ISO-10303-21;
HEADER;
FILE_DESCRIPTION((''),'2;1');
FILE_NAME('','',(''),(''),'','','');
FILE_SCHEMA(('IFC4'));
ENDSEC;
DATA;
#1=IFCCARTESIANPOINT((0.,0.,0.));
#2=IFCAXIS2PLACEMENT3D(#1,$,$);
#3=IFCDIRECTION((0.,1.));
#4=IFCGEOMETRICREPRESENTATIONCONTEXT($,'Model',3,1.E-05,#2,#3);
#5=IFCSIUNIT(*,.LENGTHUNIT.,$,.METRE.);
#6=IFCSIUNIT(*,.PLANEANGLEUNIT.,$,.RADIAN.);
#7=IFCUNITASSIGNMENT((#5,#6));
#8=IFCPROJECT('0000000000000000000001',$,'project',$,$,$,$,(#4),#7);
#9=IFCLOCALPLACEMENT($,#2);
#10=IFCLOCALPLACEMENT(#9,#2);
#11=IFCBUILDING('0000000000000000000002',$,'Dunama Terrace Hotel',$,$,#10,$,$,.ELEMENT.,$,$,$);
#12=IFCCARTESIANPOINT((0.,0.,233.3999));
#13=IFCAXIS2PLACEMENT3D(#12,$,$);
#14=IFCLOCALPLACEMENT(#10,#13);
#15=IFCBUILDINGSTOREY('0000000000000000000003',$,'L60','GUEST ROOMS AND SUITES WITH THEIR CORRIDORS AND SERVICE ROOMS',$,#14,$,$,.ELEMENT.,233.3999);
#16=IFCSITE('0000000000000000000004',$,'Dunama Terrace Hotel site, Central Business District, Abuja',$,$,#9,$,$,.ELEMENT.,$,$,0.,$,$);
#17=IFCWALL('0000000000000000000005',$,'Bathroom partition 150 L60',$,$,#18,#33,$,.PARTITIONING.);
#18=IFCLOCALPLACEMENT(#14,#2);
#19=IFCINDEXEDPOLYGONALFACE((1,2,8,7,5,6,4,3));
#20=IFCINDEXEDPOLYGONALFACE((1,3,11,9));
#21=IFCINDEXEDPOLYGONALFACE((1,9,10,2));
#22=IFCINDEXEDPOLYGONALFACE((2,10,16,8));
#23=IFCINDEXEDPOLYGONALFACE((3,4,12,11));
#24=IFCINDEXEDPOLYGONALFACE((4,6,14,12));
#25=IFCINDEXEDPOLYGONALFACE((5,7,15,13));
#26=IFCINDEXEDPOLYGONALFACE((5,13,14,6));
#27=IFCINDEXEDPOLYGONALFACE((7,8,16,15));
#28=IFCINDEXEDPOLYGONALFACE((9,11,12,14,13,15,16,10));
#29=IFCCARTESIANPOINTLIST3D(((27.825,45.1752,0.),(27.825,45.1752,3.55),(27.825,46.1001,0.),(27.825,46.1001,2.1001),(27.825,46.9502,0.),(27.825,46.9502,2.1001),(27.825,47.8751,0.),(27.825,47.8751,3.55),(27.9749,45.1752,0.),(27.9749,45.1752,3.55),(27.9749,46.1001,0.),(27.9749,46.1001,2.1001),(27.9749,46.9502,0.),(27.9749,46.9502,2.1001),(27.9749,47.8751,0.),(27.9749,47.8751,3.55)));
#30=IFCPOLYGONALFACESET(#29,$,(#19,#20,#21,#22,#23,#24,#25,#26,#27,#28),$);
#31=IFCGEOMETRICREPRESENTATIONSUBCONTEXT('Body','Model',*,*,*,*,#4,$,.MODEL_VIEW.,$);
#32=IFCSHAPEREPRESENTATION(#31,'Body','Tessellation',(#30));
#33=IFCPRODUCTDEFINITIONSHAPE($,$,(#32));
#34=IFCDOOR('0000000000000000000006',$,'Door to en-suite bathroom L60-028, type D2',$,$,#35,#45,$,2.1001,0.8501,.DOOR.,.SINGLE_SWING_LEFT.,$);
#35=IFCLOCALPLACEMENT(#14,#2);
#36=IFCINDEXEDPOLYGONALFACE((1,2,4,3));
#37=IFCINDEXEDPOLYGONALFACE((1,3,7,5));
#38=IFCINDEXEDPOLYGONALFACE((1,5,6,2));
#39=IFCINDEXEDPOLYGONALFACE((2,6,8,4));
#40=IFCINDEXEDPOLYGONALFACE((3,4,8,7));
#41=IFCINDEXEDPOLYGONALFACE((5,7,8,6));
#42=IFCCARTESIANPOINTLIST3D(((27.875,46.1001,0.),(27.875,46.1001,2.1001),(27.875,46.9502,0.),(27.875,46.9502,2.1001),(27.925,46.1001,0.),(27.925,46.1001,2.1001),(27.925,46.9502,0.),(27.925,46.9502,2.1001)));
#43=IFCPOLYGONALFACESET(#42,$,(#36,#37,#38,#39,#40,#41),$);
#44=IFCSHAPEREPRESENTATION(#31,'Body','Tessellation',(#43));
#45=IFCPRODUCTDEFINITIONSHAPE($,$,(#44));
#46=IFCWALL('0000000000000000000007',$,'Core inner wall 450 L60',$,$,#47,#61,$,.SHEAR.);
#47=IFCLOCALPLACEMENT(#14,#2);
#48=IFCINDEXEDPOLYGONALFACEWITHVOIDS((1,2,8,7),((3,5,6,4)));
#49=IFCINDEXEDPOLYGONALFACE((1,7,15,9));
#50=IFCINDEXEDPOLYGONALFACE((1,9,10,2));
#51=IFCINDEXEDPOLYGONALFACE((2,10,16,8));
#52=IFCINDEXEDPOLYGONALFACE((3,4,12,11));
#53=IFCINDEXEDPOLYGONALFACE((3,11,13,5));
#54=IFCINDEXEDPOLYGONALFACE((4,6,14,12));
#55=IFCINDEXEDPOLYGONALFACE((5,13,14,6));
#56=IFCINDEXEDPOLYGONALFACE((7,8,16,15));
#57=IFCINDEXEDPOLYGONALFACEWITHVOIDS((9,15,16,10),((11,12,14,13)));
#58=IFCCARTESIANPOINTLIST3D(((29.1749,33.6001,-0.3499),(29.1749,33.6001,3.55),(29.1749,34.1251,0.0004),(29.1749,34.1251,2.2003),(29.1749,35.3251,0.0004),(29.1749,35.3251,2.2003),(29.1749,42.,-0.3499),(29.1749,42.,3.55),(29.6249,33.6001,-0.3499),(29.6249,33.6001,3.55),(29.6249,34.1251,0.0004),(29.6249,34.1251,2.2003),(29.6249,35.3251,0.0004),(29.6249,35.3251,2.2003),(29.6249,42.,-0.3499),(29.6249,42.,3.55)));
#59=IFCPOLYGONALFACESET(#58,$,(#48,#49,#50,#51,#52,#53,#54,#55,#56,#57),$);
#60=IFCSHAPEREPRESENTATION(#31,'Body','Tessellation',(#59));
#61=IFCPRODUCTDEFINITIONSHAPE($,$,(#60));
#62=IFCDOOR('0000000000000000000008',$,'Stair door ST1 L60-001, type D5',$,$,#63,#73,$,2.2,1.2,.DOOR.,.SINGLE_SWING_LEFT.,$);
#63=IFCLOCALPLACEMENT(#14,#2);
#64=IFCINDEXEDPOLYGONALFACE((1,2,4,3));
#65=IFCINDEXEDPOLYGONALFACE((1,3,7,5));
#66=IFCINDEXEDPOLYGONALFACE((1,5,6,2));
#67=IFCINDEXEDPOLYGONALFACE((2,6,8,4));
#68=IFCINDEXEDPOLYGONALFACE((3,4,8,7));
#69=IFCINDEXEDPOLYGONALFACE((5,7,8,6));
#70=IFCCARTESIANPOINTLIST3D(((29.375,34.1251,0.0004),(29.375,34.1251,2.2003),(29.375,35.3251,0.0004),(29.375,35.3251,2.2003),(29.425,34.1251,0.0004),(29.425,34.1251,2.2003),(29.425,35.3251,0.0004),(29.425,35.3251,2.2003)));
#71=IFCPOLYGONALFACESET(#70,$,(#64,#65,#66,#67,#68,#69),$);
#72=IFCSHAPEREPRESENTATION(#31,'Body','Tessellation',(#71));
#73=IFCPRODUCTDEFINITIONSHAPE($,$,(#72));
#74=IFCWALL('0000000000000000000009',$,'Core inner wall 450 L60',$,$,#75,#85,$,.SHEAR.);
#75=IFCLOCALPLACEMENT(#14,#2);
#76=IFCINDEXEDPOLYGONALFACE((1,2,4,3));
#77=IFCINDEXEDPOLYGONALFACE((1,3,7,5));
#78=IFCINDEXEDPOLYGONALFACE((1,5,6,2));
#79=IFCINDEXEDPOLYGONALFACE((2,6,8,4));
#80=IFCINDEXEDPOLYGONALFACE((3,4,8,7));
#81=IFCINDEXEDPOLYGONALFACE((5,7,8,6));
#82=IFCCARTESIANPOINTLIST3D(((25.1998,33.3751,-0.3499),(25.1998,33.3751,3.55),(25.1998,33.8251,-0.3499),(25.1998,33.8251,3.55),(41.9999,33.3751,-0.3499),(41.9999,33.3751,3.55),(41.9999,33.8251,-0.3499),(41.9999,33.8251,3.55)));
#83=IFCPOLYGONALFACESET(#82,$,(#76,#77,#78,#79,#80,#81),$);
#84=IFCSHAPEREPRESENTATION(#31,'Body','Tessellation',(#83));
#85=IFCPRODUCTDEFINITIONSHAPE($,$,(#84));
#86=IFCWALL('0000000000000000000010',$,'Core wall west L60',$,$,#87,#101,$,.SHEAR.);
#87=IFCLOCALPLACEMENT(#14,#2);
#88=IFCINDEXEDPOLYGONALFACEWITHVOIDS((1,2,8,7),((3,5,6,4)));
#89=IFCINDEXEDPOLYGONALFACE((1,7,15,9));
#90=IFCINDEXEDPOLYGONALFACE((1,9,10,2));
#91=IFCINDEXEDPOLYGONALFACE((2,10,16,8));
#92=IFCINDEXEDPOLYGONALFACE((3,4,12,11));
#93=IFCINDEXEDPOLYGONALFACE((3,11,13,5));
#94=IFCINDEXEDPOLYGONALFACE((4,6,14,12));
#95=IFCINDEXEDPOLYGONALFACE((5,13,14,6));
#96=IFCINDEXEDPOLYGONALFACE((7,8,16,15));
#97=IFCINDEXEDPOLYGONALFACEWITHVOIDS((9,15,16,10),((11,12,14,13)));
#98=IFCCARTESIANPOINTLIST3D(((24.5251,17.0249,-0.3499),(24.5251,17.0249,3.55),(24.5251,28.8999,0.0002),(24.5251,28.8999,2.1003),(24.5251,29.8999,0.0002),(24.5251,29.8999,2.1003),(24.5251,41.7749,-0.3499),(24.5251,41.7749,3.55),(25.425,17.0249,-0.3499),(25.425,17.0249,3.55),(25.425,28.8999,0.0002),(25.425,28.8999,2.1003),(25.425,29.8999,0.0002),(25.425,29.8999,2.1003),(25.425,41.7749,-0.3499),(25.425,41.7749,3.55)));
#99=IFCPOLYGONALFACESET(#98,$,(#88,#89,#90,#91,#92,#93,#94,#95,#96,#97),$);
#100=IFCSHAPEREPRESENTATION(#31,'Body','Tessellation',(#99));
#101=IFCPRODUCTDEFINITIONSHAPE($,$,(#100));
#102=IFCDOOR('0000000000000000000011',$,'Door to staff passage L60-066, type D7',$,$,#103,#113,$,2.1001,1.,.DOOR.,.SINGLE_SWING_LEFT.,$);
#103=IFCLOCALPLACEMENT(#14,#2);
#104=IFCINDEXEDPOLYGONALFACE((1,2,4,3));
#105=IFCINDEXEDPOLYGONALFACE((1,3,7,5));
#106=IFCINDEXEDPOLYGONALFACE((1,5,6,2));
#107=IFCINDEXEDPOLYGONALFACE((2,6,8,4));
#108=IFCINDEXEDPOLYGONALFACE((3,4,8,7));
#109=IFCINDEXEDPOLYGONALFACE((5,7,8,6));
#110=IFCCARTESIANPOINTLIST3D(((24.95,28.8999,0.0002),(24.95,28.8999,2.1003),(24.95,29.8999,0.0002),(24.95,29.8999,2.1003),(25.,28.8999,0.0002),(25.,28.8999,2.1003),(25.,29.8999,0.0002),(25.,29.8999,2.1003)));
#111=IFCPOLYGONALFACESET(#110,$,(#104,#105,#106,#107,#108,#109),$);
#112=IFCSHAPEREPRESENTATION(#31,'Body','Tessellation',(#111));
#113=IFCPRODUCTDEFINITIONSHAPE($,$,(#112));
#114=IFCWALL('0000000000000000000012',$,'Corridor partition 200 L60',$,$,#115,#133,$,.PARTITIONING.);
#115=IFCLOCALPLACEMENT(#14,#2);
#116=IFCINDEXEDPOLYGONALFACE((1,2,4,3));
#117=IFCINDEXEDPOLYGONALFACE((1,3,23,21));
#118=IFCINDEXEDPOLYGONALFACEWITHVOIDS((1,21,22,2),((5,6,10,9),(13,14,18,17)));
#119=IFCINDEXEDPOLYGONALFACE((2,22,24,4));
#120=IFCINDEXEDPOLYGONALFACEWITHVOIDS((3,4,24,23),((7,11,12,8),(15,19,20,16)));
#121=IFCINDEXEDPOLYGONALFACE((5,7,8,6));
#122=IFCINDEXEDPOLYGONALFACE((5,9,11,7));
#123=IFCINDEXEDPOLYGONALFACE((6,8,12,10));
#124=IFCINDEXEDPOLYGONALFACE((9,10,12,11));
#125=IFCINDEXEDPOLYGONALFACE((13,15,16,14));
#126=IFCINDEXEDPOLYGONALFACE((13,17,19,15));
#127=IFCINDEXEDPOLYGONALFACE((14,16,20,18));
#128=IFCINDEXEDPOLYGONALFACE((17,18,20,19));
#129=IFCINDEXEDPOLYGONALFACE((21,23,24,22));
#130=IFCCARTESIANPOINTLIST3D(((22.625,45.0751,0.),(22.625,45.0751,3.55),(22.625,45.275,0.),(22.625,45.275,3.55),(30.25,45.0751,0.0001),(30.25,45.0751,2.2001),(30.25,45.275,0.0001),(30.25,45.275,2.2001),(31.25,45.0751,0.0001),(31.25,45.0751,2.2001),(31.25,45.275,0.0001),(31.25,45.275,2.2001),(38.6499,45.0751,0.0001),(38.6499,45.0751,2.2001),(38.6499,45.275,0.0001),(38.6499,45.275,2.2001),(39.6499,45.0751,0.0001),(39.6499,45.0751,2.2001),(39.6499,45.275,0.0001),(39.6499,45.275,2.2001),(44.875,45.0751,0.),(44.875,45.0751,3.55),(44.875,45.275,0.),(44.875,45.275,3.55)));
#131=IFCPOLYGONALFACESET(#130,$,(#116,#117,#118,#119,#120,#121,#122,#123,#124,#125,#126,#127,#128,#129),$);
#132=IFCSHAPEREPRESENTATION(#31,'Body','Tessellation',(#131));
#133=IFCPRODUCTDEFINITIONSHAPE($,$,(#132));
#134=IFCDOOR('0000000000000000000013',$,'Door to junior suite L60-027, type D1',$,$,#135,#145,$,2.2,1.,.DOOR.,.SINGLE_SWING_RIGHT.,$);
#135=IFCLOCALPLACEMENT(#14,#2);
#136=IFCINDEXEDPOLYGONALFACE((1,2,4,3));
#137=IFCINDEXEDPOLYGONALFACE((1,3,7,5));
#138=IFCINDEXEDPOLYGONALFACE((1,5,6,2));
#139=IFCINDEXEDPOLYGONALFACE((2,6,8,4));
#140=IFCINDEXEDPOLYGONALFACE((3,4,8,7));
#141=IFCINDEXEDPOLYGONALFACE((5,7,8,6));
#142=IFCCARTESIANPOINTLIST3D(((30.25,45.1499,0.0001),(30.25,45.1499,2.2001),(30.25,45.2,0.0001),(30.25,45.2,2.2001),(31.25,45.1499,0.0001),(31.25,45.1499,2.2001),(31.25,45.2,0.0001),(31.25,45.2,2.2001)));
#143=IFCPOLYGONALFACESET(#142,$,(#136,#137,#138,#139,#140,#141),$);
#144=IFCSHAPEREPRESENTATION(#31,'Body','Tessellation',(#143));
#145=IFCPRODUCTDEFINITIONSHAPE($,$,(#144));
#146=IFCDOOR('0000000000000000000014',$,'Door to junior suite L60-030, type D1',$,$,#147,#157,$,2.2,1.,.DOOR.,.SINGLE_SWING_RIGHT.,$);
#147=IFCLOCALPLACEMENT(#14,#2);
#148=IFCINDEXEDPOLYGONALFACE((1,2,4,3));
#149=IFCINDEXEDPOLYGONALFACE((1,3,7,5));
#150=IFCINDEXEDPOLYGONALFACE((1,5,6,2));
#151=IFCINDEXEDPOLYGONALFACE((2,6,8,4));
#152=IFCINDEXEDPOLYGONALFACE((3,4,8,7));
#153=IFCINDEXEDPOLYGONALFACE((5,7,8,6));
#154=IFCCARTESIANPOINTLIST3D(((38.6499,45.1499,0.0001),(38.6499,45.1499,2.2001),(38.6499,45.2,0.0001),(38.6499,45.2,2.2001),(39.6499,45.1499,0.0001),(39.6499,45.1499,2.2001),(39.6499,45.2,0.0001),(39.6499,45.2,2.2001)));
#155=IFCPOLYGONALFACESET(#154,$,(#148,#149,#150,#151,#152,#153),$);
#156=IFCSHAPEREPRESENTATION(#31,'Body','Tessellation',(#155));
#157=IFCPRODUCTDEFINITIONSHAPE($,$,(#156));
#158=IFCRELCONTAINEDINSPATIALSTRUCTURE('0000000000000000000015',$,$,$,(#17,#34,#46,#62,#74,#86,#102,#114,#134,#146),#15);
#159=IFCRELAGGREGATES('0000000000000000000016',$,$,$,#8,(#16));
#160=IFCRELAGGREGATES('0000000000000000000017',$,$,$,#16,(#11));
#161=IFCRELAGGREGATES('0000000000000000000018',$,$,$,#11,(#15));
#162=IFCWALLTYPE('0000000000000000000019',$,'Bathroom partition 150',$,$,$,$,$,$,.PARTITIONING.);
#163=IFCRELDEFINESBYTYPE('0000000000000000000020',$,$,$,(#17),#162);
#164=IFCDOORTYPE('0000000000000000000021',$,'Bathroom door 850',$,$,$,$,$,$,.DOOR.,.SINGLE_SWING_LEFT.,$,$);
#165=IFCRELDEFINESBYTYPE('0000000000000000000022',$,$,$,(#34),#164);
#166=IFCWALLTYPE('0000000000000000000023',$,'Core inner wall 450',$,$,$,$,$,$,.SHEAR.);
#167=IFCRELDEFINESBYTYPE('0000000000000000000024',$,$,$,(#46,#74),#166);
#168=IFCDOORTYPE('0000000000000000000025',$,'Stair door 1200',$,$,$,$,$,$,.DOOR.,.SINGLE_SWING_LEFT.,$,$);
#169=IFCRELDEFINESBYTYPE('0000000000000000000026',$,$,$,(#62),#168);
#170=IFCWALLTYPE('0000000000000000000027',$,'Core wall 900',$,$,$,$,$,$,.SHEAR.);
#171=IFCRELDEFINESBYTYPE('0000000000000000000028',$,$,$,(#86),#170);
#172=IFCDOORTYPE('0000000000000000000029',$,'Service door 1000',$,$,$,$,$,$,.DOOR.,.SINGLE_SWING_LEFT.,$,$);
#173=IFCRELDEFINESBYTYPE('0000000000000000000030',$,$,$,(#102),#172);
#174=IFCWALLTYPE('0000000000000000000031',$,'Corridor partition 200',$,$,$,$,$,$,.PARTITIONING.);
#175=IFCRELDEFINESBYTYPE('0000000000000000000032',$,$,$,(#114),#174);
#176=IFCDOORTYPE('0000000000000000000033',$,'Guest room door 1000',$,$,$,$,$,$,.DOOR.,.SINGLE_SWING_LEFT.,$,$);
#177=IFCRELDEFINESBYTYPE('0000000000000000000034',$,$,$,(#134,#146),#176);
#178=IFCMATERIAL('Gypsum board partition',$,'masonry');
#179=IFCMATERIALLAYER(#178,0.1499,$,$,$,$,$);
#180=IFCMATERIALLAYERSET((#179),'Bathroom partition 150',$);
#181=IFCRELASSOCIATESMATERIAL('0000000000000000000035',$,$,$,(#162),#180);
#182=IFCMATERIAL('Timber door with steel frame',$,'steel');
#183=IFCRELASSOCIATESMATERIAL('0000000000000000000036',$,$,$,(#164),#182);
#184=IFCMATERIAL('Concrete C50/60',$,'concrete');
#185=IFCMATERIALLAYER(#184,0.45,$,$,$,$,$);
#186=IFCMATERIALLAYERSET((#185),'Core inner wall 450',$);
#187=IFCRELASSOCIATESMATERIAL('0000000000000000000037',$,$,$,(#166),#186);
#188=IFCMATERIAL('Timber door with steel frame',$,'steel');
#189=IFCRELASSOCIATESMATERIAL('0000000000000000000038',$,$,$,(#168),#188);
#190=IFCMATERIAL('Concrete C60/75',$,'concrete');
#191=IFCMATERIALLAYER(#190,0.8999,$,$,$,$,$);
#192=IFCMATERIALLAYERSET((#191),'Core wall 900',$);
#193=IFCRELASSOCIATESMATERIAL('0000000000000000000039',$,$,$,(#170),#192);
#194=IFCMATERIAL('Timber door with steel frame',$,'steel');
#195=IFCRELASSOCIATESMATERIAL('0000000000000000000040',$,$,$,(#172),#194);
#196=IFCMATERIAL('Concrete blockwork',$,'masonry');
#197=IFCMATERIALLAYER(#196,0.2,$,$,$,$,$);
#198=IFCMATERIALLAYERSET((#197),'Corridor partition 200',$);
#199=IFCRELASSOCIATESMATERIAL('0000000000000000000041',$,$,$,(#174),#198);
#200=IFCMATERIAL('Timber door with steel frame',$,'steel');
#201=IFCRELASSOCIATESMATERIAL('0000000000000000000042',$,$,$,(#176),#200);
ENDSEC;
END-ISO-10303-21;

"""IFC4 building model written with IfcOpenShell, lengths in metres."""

from ifc_helpers import new_model, si_unit, direction, frame, frame_2d, origin, place, context, subcontext, project, spatial, rectangle, extrude, material, layer, layer_set, type_object, element, fill, save


model = new_model("IFC4")

# Units and contexts
model_context = context("Model", 3, precision=1e-05, world=origin(), true_north=direction((0.0, 1.0)))
body_context = subcontext(model_context, "Body", "Model", "MODEL_VIEW")
ifc_project = project(units=[si_unit("LENGTHUNIT", "METRE"), si_unit("PLANEANGLEUNIT", "RADIAN")], contexts=[model_context])

# Site, building, storey
site_placement = place(None, origin())
site = spatial("IfcSite", under=ifc_project, at=site_placement, Name="Dunama Terrace Hotel site, Central Business District, Abuja", CompositionType="ELEMENT", RefElevation=0.0)
building_placement = place(site_placement, origin())
building = spatial("IfcBuilding", under=site, at=building_placement, Name="Dunama Terrace Hotel", CompositionType="ELEMENT")
storey_placement = place(building_placement, frame((0.0, 0.0, 233.3999)))
storey = spatial("IfcBuildingStorey", under=building, at=storey_placement, Name="L60", Description="GUEST ROOMS AND SUITES WITH THEIR CORRIDORS AND SERVICE ROOMS", CompositionType="ELEMENT", Elevation=233.3999)

# Walls, openings, doors
ifc_material_1 = material(Name="Gypsum board partition", Category="masonry")
ifc_layer_1 = layer(ifc_material_1, 0.1499)
ifc_layer_set_1 = layer_set([ifc_layer_1], Name="Bathroom partition 150")
wall_type_1 = type_object("IfcWallType", Name="Bathroom partition 150", PredefinedType="PARTITIONING", material=ifc_layer_set_1)
wall_1_placement = place(storey_placement, frame((27.8999, 45.175, 0.0), z_axis=(0.0, 0.0, 1.0), x_axis=(0.0, 1.0, 0.0)))
wall_1 = element("IfcWall", 1, at=wall_1_placement, inside=storey, type_object=wall_type_1, Name="Bathroom partition 150 L60", PredefinedType="PARTITIONING", context=body_context, shape_type="SweptSolid", body=[
    extrude(rectangle(XDim=2.7, YDim=0.1499, at=frame_2d((1.3501, 0.0))), origin(), (0.0, 0.0, 1.0), 3.55),
])
opening_1_placement = place(wall_1_placement, frame((0.925, 0.0, 0.0)))
opening_1 = element("IfcOpeningElement", 2, at=opening_1_placement, cuts=wall_1, PredefinedType="OPENING", context=body_context, shape_type="SweptSolid", body=[
    extrude(rectangle(XDim=0.8501, YDim=2.1001, at=frame_2d((0.425, 1.05))), frame((0.0, 0.085, 0.0), z_axis=(0.0, -1.0, 0.0), x_axis=(1.0, 0.0, 0.0)), (0.0, 0.0, 1.0), 0.1699),
])
ifc_material_2 = material(Name="Timber door with steel frame", Category="steel")
door_type_1 = type_object("IfcDoorType", Name="Bathroom door 850", OperationType="SINGLE_SWING_LEFT", PredefinedType="DOOR", material=ifc_material_2)
door_1_placement = place(opening_1_placement, origin())
door_1 = element("IfcDoor", 3, at=door_1_placement, inside=storey, type_object=door_type_1, Name="Door to en-suite bathroom L60-028, type D2", OperationType="SINGLE_SWING_LEFT", OverallHeight=2.1001, OverallWidth=0.8501, PredefinedType="DOOR", context=body_context, shape_type="SweptSolid", body=[
    extrude(rectangle(XDim=0.8501, YDim=2.1001, at=frame_2d((0.425, 1.05))), frame((0.0, 0.0249, 0.0), z_axis=(0.0, -1.0, 0.0), x_axis=(1.0, 0.0, 0.0)), (0.0, 0.0, 1.0), 0.05),
])
fill(opening_1, door_1)
ifc_material_3 = material(Name="Concrete C50/60", Category="concrete")
ifc_layer_2 = layer(ifc_material_3, 0.45)
ifc_layer_set_2 = layer_set([ifc_layer_2], Name="Core inner wall 450")
wall_type_2 = type_object("IfcWallType", Name="Core inner wall 450", PredefinedType="SHEAR", material=ifc_layer_set_2)
wall_2_placement = place(storey_placement, frame((29.3999, 33.6001, -0.3499), z_axis=(0.0, 0.0, 1.0), x_axis=(0.0, 1.0, 0.0)))
wall_2 = element("IfcWall", 4, at=wall_2_placement, inside=storey, type_object=wall_type_2, Name="Core inner wall 450 L60", PredefinedType="SHEAR", context=body_context, shape_type="SweptSolid", body=[
    extrude(rectangle(XDim=8.3999, YDim=0.45, at=frame_2d((4.2, 0.0))), origin(), (0.0, 0.0, 1.0), 3.8999),
])
opening_2_placement = place(wall_2_placement, frame((0.5249, 0.0, 0.3501)))
opening_2 = element("IfcOpeningElement", 5, at=opening_2_placement, cuts=wall_2, PredefinedType="OPENING", context=body_context, shape_type="SweptSolid", body=[
    extrude(rectangle(XDim=1.2, YDim=2.2, at=frame_2d((0.6001, 1.1001))), frame((0.0, 0.2349, 0.0), z_axis=(0.0, -1.0, 0.0), x_axis=(1.0, 0.0, 0.0)), (0.0, 0.0, 1.0), 0.47),
])
ifc_material_4 = material(Name="Timber door with steel frame", Category="steel")
door_type_2 = type_object("IfcDoorType", Name="Stair door 1200", OperationType="SINGLE_SWING_LEFT", PredefinedType="DOOR", material=ifc_material_4)
door_2_placement = place(opening_2_placement, origin())
door_2 = element("IfcDoor", 6, at=door_2_placement, inside=storey, type_object=door_type_2, Name="Stair door ST1 L60-001, type D5", OperationType="SINGLE_SWING_LEFT", OverallHeight=2.2, OverallWidth=1.2, PredefinedType="DOOR", context=body_context, shape_type="SweptSolid", body=[
    extrude(rectangle(XDim=1.2, YDim=2.2, at=frame_2d((0.6001, 1.1001))), frame((0.0, 0.0249, 0.0), z_axis=(0.0, -1.0, 0.0), x_axis=(1.0, 0.0, 0.0)), (0.0, 0.0, 1.0), 0.05),
])
fill(opening_2, door_2)

# Wall
wall_3_placement = place(storey_placement, frame((25.2, 33.6001, -0.3499), z_axis=(0.0, 0.0, 1.0), x_axis=(1.0, 0.0, 0.0)))
element("IfcWall", 7, at=wall_3_placement, inside=storey, type_object=wall_type_2, Name="Core inner wall 450 L60", PredefinedType="SHEAR", context=body_context, shape_type="SweptSolid", body=[
    extrude(rectangle(XDim=16.8, YDim=0.45, at=frame_2d((8.3999, 0.0))), origin(), (0.0, 0.0, 1.0), 3.8999),
])

# Wall, opening, door
ifc_material_5 = material(Name="Concrete C60/75", Category="concrete")
ifc_layer_3 = layer(ifc_material_5, 0.8999)
ifc_layer_set_3 = layer_set([ifc_layer_3], Name="Core wall 900")
wall_type_3 = type_object("IfcWallType", Name="Core wall 900", PredefinedType="SHEAR", material=ifc_layer_set_3)
wall_4_placement = place(storey_placement, frame((24.9751, 41.7749, -0.3499), z_axis=(0.0, 0.0, 1.0), x_axis=(0.0, -1.0, 0.0)))
wall_4 = element("IfcWall", 8, at=wall_4_placement, inside=storey, type_object=wall_type_3, Name="Core wall west L60", PredefinedType="SHEAR", context=body_context, shape_type="SweptSolid", body=[
    extrude(rectangle(XDim=24.75, YDim=0.8999, at=frame_2d((12.375, 0.0))), origin(), (0.0, 0.0, 1.0), 3.8999),
])
opening_3_placement = place(wall_4_placement, frame((11.875, 0.0, 0.3501)))
opening_3 = element("IfcOpeningElement", 9, at=opening_3_placement, cuts=wall_4, PredefinedType="OPENING", context=body_context, shape_type="SweptSolid", body=[
    extrude(rectangle(XDim=1.0, YDim=2.1001, at=frame_2d((0.5, 1.05))), frame((0.0, 0.46, 0.0), z_axis=(0.0, -1.0, 0.0), x_axis=(1.0, 0.0, 0.0)), (0.0, 0.0, 1.0), 0.9199),
])
ifc_material_6 = material(Name="Timber door with steel frame", Category="steel")
door_type_3 = type_object("IfcDoorType", Name="Service door 1000", OperationType="SINGLE_SWING_LEFT", PredefinedType="DOOR", material=ifc_material_6)
door_3_placement = place(opening_3_placement, origin())
door_3 = element("IfcDoor", 10, at=door_3_placement, inside=storey, type_object=door_type_3, Name="Door to staff passage L60-066, type D7", OperationType="SINGLE_SWING_LEFT", OverallHeight=2.1001, OverallWidth=1.0, PredefinedType="DOOR", context=body_context, shape_type="SweptSolid", body=[
    extrude(rectangle(XDim=1.0, YDim=2.1001, at=frame_2d((0.5, 1.05))), frame((0.0, 0.0249, 0.0), z_axis=(0.0, -1.0, 0.0), x_axis=(1.0, 0.0, 0.0)), (0.0, 0.0, 1.0), 0.05),
])
fill(opening_3, door_3)

# Wall, openings, doors
ifc_material_7 = material(Name="Concrete blockwork", Category="masonry")
ifc_layer_4 = layer(ifc_material_7, 0.2)
ifc_layer_set_4 = layer_set([ifc_layer_4], Name="Corridor partition 200")
wall_type_4 = type_object("IfcWallType", Name="Corridor partition 200", PredefinedType="PARTITIONING", material=ifc_layer_set_4)
wall_5_placement = place(storey_placement, frame((22.625, 45.175, 0.0), z_axis=(0.0, 0.0, 1.0), x_axis=(1.0, 0.0, 0.0)))
wall_5 = element("IfcWall", 11, at=wall_5_placement, inside=storey, type_object=wall_type_4, Name="Corridor partition 200 L60", PredefinedType="PARTITIONING", context=body_context, shape_type="SweptSolid", body=[
    extrude(rectangle(XDim=22.25, YDim=0.2, at=frame_2d((11.125, 0.0))), origin(), (0.0, 0.0, 1.0), 3.55),
])
opening_4_placement = place(wall_5_placement, frame((7.625, 0.0, 0.0)))
opening_4 = element("IfcOpeningElement", 12, at=opening_4_placement, cuts=wall_5, PredefinedType="OPENING", context=body_context, shape_type="SweptSolid", body=[
    extrude(rectangle(XDim=1.0, YDim=2.2, at=frame_2d((0.5, 1.1001))), frame((0.0, 0.1099, 0.0), z_axis=(0.0, -1.0, 0.0), x_axis=(1.0, 0.0, 0.0)), (0.0, 0.0, 1.0), 0.22),
])
opening_5_placement = place(wall_5_placement, frame((16.0249, 0.0, 0.0)))
opening_5 = element("IfcOpeningElement", 13, at=opening_5_placement, cuts=wall_5, PredefinedType="OPENING", context=body_context, shape_type="SweptSolid", body=[
    extrude(rectangle(XDim=1.0, YDim=2.2, at=frame_2d((0.5, 1.1001))), frame((0.0, 0.1099, 0.0), z_axis=(0.0, -1.0, 0.0), x_axis=(1.0, 0.0, 0.0)), (0.0, 0.0, 1.0), 0.22),
])
ifc_material_8 = material(Name="Timber door with steel frame", Category="steel")
door_type_4 = type_object("IfcDoorType", Name="Guest room door 1000", OperationType="SINGLE_SWING_LEFT", PredefinedType="DOOR", material=ifc_material_8)
door_4_placement = place(opening_4_placement, origin())
door_4 = element("IfcDoor", 14, at=door_4_placement, inside=storey, type_object=door_type_4, Name="Door to junior suite L60-027, type D1", OperationType="SINGLE_SWING_RIGHT", OverallHeight=2.2, OverallWidth=1.0, PredefinedType="DOOR", context=body_context, shape_type="SweptSolid", body=[
    extrude(rectangle(XDim=1.0, YDim=2.2, at=frame_2d((0.5, 1.1001))), frame((0.0, 0.0249, 0.0), z_axis=(0.0, -1.0, 0.0), x_axis=(1.0, 0.0, 0.0)), (0.0, 0.0, 1.0), 0.05),
])
fill(opening_4, door_4)
door_5_placement = place(opening_5_placement, origin())
door_5 = element("IfcDoor", 15, at=door_5_placement, inside=storey, type_object=door_type_4, Name="Door to junior suite L60-030, type D1", OperationType="SINGLE_SWING_RIGHT", OverallHeight=2.2, OverallWidth=1.0, PredefinedType="DOOR", context=body_context, shape_type="SweptSolid", body=[
    extrude(rectangle(XDim=1.0, YDim=2.2, at=frame_2d((0.5, 1.1001))), frame((0.0, 0.0249, 0.0), z_axis=(0.0, -1.0, 0.0), x_axis=(1.0, 0.0, 0.0)), (0.0, 0.0, 1.0), 0.05),
])
fill(opening_5, door_5)

save(model, "model.ifc")
